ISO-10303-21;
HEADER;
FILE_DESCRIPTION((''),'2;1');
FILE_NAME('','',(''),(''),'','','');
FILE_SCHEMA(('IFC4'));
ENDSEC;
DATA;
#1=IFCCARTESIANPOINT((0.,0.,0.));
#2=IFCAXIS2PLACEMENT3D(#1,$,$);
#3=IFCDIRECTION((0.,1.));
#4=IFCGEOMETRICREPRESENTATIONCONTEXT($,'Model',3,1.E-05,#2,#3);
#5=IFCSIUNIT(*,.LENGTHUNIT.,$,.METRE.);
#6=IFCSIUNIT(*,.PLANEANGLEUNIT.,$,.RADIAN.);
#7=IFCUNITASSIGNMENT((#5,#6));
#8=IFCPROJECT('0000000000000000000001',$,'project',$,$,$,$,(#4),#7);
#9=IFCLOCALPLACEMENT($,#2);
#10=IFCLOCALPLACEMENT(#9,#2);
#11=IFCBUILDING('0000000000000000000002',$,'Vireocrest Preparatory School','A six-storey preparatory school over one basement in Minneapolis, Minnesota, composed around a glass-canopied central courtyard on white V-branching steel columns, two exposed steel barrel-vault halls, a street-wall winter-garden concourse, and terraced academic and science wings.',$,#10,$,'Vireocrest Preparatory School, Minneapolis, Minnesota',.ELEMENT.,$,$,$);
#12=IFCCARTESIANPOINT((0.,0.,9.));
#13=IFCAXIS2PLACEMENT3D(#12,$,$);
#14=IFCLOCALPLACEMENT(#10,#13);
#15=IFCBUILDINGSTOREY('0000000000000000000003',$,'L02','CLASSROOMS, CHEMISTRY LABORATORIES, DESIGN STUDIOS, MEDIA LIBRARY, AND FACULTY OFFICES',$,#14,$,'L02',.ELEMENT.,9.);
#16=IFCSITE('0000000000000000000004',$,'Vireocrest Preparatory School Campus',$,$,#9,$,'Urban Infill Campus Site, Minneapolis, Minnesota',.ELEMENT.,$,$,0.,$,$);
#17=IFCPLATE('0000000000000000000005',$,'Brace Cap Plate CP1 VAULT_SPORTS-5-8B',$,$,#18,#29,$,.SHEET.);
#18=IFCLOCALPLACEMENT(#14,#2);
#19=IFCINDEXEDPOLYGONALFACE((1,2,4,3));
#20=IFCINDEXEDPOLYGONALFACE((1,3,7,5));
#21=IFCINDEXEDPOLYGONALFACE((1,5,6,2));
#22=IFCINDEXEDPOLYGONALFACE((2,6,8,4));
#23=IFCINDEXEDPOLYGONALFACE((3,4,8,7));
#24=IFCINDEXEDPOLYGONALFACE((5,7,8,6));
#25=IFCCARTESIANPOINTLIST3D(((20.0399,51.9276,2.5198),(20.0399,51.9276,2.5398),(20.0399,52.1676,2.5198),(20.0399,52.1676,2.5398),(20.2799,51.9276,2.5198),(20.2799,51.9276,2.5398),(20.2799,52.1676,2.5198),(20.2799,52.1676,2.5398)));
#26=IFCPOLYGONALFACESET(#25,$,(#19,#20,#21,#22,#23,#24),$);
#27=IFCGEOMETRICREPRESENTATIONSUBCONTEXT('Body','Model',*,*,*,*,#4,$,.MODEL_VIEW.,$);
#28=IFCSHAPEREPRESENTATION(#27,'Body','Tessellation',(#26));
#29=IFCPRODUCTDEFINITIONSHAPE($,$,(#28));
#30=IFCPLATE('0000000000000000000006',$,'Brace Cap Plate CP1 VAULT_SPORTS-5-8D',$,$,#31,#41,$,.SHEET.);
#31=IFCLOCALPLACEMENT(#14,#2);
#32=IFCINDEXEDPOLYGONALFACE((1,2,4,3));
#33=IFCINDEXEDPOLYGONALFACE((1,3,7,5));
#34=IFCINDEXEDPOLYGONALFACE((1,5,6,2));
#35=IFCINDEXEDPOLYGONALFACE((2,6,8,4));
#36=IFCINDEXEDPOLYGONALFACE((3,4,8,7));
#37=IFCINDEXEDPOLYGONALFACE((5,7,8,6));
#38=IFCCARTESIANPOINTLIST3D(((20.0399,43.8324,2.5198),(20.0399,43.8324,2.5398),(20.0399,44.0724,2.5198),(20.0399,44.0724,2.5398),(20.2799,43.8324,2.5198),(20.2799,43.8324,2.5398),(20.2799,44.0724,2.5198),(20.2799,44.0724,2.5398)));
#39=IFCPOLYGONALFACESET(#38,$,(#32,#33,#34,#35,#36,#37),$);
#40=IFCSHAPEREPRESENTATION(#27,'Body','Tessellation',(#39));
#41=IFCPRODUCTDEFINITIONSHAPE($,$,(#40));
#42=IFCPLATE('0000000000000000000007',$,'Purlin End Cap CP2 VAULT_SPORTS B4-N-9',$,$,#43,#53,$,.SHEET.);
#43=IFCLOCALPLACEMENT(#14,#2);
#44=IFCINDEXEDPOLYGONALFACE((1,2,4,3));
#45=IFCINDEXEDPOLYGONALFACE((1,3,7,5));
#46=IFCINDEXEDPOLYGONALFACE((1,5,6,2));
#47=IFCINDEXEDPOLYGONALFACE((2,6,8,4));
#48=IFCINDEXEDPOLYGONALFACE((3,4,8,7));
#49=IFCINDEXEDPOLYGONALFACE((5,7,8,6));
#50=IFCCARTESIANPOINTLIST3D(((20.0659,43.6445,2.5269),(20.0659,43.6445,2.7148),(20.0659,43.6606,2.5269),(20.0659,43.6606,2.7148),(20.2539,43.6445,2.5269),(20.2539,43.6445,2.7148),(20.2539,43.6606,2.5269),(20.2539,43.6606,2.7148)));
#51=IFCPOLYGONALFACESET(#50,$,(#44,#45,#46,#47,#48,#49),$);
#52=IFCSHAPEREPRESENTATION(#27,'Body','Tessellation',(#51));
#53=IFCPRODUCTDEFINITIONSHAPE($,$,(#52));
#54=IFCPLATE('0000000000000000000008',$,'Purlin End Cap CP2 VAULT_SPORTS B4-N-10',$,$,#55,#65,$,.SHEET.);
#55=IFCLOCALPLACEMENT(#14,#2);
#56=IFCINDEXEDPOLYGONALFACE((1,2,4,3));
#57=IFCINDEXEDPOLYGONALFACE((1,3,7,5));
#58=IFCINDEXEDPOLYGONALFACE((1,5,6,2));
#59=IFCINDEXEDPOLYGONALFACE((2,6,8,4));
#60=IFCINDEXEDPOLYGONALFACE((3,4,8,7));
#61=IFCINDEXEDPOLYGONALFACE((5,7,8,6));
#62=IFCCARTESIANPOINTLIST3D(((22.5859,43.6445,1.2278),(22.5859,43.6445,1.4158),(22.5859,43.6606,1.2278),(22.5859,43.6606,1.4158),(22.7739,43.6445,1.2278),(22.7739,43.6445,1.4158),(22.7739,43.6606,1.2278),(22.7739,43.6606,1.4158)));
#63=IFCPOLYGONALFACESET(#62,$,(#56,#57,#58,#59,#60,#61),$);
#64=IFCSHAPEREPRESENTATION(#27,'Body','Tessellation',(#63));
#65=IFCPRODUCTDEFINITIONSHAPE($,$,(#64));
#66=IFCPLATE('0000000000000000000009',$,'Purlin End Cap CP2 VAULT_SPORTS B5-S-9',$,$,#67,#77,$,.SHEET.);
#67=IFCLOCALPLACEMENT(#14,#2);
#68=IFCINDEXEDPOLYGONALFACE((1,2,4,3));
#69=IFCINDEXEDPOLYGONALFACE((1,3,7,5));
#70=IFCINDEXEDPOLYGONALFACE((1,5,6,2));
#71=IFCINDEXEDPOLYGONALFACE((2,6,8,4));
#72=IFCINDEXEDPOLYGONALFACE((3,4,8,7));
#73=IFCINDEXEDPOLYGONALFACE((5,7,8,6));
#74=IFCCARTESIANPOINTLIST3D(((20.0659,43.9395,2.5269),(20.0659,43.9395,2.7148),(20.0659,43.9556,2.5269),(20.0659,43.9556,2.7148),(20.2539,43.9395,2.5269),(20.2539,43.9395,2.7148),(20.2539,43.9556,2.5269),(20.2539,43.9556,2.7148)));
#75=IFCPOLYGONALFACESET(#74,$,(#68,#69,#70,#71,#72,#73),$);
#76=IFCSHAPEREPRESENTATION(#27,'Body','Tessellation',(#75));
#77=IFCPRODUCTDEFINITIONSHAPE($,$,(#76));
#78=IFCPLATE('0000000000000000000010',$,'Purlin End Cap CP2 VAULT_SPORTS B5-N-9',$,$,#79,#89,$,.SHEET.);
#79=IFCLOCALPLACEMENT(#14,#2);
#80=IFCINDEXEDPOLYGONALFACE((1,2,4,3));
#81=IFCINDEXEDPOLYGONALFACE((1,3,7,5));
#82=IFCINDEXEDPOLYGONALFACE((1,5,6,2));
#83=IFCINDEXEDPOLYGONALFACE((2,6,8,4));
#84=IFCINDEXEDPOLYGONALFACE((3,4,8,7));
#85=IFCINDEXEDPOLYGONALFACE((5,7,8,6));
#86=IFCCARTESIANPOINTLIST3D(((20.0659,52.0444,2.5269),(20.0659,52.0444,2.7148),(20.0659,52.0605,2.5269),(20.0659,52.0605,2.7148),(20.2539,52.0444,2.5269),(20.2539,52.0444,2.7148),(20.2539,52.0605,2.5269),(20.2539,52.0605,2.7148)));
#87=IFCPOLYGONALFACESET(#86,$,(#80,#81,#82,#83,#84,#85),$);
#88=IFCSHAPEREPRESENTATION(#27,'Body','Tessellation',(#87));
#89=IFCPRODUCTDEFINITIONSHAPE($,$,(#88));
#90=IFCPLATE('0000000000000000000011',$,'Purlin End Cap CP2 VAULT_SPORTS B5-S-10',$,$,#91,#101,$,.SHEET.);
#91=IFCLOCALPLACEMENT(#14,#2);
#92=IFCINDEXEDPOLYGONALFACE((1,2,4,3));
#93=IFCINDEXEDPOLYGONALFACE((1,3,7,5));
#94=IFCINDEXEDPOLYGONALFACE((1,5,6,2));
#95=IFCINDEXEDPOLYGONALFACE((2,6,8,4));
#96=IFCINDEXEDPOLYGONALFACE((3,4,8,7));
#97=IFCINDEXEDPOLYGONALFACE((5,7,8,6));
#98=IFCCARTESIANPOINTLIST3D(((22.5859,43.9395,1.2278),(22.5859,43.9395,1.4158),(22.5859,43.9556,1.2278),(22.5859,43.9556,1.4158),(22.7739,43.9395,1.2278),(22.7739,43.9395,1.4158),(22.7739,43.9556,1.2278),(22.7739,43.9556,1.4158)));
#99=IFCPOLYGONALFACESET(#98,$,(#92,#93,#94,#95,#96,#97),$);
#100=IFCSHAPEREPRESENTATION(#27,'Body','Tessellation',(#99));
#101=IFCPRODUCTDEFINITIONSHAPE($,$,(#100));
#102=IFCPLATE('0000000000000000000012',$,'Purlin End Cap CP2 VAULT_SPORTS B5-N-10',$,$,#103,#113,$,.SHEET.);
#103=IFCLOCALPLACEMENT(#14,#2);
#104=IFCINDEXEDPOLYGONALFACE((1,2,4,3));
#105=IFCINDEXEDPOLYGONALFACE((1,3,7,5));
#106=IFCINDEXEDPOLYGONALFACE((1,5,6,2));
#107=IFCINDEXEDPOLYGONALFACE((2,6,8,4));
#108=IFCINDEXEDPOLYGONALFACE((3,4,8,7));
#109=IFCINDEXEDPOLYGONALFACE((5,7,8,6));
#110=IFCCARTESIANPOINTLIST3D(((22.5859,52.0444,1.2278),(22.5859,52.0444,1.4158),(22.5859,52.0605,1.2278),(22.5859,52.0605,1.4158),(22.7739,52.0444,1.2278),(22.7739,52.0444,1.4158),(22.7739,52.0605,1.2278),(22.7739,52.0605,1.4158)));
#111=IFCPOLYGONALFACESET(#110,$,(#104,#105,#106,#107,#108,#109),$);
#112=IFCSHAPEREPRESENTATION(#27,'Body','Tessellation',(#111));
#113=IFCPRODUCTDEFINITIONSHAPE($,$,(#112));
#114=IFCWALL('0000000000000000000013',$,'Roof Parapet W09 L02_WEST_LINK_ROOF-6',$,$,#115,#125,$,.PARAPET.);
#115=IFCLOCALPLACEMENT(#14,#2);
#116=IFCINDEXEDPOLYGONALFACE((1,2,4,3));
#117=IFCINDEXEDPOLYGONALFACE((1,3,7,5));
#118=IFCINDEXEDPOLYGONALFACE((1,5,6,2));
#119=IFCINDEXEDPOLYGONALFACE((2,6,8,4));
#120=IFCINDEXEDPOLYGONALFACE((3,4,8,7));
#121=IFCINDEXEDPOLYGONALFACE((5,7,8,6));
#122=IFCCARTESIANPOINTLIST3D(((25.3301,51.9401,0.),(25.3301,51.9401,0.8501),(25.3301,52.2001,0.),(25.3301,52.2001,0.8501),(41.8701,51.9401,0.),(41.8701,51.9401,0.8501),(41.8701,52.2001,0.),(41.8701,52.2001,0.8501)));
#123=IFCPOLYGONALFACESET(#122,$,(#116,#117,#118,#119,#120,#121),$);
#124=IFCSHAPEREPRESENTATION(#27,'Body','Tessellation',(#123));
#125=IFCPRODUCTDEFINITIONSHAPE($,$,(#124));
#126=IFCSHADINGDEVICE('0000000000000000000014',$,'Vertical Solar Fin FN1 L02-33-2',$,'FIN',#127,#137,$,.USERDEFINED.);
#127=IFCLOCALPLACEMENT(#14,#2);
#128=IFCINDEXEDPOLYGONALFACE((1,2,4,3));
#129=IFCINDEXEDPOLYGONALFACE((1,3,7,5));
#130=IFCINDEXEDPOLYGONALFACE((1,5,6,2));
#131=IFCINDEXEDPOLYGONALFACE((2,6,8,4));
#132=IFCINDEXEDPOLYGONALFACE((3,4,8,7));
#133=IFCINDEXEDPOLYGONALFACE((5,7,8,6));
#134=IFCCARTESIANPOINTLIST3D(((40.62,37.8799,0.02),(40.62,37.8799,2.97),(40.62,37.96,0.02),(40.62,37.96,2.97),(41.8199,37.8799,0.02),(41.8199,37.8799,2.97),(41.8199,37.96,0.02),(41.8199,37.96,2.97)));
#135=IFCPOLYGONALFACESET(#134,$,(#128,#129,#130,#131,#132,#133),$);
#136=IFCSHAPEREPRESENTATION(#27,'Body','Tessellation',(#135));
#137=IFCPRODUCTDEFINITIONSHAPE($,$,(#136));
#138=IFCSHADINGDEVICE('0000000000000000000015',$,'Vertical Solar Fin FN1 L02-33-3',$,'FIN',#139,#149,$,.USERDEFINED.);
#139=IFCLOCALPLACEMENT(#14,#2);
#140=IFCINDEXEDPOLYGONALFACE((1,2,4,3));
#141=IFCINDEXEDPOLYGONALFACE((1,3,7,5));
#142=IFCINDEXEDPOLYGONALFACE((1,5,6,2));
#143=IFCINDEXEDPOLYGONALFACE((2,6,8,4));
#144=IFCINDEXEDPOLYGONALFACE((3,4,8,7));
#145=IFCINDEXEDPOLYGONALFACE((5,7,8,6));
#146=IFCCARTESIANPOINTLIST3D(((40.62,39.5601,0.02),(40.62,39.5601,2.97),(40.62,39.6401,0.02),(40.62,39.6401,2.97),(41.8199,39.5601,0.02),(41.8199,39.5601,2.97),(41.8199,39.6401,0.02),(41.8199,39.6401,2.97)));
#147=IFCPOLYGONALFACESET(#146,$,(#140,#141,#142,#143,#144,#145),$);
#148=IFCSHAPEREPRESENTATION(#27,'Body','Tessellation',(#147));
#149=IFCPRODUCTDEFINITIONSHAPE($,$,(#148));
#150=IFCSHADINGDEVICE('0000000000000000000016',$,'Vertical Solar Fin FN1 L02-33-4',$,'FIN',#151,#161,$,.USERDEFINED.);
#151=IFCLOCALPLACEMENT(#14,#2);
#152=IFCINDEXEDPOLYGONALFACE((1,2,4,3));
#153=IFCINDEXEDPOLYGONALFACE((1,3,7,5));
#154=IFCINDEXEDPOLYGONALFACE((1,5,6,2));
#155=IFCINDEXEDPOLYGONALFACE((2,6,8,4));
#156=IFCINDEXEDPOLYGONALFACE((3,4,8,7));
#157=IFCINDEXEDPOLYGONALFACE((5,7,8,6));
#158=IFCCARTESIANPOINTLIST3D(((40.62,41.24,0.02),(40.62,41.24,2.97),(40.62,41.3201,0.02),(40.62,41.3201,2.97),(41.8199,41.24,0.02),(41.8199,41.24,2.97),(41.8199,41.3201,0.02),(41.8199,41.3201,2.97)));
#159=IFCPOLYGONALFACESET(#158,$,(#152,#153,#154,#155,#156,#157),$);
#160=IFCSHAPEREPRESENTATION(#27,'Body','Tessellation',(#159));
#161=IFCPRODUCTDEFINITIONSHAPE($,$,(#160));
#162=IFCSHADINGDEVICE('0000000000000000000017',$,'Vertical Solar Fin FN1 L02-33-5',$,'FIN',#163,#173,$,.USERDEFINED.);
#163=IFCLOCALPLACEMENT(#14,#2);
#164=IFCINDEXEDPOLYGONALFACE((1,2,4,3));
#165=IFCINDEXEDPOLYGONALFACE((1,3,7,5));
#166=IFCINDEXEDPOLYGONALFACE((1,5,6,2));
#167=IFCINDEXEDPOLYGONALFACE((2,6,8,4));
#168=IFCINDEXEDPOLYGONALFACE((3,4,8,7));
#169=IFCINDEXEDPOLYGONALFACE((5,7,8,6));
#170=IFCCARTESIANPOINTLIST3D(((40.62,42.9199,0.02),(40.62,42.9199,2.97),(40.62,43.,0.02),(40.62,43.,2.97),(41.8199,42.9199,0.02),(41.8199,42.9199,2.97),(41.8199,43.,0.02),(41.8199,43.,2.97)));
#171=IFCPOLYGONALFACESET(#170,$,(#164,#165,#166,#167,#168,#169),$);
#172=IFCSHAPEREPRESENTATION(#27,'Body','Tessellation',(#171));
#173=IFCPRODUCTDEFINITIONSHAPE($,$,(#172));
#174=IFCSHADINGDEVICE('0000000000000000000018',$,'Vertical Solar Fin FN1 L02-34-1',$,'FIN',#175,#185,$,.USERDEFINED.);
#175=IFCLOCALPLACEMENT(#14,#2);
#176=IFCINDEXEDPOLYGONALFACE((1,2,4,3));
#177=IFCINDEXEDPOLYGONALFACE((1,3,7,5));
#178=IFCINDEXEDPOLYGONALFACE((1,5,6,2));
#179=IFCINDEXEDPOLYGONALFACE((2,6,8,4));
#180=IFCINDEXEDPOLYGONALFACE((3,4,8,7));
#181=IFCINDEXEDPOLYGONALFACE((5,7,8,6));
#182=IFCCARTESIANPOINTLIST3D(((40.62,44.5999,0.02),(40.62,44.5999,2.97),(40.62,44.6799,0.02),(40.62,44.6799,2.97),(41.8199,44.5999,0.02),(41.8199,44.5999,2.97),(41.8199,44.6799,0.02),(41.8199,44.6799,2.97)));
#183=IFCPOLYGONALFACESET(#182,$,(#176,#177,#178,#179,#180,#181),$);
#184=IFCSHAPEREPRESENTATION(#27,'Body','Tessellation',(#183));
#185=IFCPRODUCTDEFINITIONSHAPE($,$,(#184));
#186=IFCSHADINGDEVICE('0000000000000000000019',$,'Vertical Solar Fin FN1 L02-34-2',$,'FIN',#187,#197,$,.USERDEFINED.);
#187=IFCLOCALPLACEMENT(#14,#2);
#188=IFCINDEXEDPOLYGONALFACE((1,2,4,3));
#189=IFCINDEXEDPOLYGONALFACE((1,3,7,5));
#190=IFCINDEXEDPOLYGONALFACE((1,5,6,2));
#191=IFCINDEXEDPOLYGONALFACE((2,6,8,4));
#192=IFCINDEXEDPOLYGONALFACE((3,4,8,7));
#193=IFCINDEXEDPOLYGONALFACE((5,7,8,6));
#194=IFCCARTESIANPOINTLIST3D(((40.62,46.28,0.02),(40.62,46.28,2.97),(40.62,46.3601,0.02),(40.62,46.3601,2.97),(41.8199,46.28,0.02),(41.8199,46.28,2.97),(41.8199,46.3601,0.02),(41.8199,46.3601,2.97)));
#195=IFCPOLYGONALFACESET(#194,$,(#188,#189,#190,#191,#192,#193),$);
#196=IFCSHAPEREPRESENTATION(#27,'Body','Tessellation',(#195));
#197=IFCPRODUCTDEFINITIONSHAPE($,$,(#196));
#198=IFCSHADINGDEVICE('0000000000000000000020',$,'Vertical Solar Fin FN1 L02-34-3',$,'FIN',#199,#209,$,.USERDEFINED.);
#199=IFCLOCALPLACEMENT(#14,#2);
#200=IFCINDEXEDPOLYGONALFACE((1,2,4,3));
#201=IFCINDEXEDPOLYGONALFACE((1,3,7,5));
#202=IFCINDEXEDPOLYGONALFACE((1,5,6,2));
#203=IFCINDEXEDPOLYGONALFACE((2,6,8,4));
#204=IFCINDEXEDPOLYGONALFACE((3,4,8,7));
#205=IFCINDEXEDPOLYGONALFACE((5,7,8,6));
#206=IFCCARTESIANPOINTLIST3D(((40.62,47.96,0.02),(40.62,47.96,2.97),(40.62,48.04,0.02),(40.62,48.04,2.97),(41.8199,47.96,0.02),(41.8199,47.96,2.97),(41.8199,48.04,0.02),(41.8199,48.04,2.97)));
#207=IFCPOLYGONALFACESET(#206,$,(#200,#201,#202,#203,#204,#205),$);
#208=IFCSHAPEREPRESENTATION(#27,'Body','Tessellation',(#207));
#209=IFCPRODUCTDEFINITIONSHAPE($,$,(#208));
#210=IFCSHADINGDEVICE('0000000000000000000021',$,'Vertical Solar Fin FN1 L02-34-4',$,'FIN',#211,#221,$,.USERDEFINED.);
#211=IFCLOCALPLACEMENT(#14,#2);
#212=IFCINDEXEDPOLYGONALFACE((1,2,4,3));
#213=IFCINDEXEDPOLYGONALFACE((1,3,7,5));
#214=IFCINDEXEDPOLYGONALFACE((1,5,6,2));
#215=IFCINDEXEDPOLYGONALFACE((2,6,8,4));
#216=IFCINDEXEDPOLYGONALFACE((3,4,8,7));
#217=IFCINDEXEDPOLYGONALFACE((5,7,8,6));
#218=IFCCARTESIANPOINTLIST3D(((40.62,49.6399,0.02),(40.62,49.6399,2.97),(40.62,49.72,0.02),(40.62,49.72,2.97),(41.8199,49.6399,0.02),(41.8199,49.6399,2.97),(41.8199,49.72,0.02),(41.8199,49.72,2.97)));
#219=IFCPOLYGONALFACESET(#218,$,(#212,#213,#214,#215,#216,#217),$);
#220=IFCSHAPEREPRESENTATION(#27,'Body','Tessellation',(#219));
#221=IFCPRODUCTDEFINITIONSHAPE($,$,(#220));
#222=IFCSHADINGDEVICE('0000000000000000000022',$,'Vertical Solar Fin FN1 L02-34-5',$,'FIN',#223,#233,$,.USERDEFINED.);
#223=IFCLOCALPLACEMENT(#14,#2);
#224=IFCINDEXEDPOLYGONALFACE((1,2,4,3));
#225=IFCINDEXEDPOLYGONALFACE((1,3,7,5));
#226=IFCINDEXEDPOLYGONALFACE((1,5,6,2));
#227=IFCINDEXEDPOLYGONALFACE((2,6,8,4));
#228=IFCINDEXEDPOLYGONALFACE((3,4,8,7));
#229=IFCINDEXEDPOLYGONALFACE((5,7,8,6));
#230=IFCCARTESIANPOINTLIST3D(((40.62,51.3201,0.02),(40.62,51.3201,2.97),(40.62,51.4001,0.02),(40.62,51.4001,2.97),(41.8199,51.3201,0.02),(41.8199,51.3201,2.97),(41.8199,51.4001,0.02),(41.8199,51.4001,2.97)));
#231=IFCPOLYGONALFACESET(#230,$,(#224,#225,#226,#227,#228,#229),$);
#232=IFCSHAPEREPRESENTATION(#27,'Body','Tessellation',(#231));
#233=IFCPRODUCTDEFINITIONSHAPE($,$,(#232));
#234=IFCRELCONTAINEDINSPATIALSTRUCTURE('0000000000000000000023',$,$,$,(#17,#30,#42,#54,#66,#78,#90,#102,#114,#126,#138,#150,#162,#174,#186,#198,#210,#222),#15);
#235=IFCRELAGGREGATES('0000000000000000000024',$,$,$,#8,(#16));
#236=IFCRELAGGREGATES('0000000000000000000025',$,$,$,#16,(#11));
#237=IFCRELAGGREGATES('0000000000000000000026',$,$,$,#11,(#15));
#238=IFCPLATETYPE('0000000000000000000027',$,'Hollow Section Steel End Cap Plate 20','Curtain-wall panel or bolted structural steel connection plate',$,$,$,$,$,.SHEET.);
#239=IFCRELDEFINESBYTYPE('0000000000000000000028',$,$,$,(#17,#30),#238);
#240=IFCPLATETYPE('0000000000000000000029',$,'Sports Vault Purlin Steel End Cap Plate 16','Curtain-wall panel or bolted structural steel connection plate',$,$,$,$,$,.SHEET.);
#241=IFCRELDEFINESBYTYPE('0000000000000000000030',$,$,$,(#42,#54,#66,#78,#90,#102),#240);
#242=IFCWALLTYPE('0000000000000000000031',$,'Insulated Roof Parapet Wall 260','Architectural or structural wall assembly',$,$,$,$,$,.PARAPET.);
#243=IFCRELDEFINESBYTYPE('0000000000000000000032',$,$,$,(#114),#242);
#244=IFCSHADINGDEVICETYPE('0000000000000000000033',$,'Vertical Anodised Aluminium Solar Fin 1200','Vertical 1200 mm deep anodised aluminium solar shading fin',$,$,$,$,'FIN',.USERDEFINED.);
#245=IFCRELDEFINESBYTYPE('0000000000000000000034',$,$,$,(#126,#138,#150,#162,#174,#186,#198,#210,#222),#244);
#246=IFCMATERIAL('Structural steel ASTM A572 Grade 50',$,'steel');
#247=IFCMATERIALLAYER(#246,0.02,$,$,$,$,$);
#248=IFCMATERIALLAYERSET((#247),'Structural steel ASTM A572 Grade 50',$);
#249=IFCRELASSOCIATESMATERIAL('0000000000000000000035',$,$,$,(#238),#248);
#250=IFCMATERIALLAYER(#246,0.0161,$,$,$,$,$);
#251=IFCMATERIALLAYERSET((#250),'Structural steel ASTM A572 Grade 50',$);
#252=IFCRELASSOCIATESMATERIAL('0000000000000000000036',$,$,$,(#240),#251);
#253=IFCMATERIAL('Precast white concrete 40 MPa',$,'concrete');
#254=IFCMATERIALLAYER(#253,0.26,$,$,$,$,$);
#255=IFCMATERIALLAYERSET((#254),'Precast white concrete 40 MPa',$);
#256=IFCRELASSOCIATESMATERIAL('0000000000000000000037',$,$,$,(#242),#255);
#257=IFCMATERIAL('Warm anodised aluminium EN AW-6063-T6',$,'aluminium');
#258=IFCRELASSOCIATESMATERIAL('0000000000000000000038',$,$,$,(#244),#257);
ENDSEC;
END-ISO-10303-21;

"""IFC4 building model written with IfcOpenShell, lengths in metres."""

from ifc_helpers import new_model, si_unit, direction, frame, frame_2d, origin, origin_2d, place, context, subcontext, project, spatial, rectangle, extrude, material, layer, layer_set, material_profile, profile_set, type_object, element, save


model = new_model("IFC4")

# Units and contexts
model_context = context("Model", 3, precision=1e-05, world=origin(), true_north=direction((0.0, 1.0)))
body_context = subcontext(model_context, "Body", "Model", "MODEL_VIEW")
ifc_project = project(units=[si_unit("LENGTHUNIT", "METRE"), si_unit("PLANEANGLEUNIT", "RADIAN")], contexts=[model_context])

# Site, building, storey
site_placement = place(None, origin())
site = spatial("IfcSite", under=ifc_project, at=site_placement, Name="Vireocrest Preparatory School Campus", LongName="Urban Infill Campus Site, Minneapolis, Minnesota", CompositionType="ELEMENT", RefElevation=0.0)
building_placement = place(site_placement, origin())
building = spatial("IfcBuilding", under=site, at=building_placement, Name="Vireocrest Preparatory School", Description="A six-storey preparatory school over one basement in Minneapolis, Minnesota, composed around a glass-canopied central courtyard on white V-branching steel columns, two exposed steel barrel-vault halls, a street-wall winter-garden concourse, and terraced academic and science wings.", LongName="Vireocrest Preparatory School, Minneapolis, Minnesota", CompositionType="ELEMENT")
storey_placement = place(building_placement, frame((0.0, 0.0, 9.0)))
storey = spatial("IfcBuildingStorey", under=building, at=storey_placement, Name="L02", Description="CLASSROOMS, CHEMISTRY LABORATORIES, DESIGN STUDIOS, MEDIA LIBRARY, AND FACULTY OFFICES", LongName="L02", CompositionType="ELEMENT", Elevation=9.0)

# Plates
ifc_material_1 = material(Name="Structural steel ASTM A572 Grade 50", Category="steel")
ifc_layer_1 = layer(ifc_material_1, 0.02)
ifc_layer_set_1 = layer_set([ifc_layer_1], Name="Structural steel ASTM A572 Grade 50")
plate_type_1 = type_object("IfcPlateType", Name="Hollow Section Steel End Cap Plate 20", Description="Curtain-wall panel or bolted structural steel connection plate", PredefinedType="SHEET", material=ifc_layer_set_1)
for number, where, z_axis, x_axis, name in (
    (1, (20.1599, 52.0476, 2.5198), (0.0, 0.0, 1.0), (1.0, 0.0, 0.0), "Brace Cap Plate CP1 VAULT_SPORTS-5-8B"),
    (2, (20.1599, 43.9524, 2.5198), (0.0, 0.0, 1.0), (1.0, 0.0, 0.0), "Brace Cap Plate CP1 VAULT_SPORTS-5-8D"),
):
    element("IfcPlate", number, at=place(storey_placement, frame(where, z_axis=z_axis, x_axis=x_axis)), inside=storey, type_object=plate_type_1, Name=name, PredefinedType="SHEET", context=body_context, shape_type="SweptSolid", body=[
        extrude(rectangle(XDim=0.24, YDim=0.24, at=origin_2d()), origin(), (0.0, 0.0, 1.0), 0.02),
    ])
ifc_layer_2 = layer(ifc_material_1, 0.0161)
ifc_layer_set_2 = layer_set([ifc_layer_2], Name="Structural steel ASTM A572 Grade 50")
plate_type_2 = type_object("IfcPlateType", Name="Sports Vault Purlin Steel End Cap Plate 16", Description="Curtain-wall panel or bolted structural steel connection plate", PredefinedType="SHEET", material=ifc_layer_set_2)
for number, where, z_axis, x_axis, name in (
    (3, (20.1599, 43.6526, 2.5269), (0.0, 0.0, 1.0), (1.0, 0.0, 0.0), "Purlin End Cap CP2 VAULT_SPORTS B4-N-9"),
    (4, (22.6799, 43.6526, 1.2278), (0.0, 0.0, 1.0), (1.0, 0.0, 0.0), "Purlin End Cap CP2 VAULT_SPORTS B4-N-10"),
    (5, (20.1599, 43.9475, 2.5269), (0.0, 0.0, 1.0), (1.0, 0.0, 0.0), "Purlin End Cap CP2 VAULT_SPORTS B5-S-9"),
    (6, (20.1599, 52.0525, 2.5269), (0.0, 0.0, 1.0), (1.0, 0.0, 0.0), "Purlin End Cap CP2 VAULT_SPORTS B5-N-9"),
    (7, (22.6799, 43.9475, 1.2278), (0.0, 0.0, 1.0), (1.0, 0.0, 0.0), "Purlin End Cap CP2 VAULT_SPORTS B5-S-10"),
    (8, (22.6799, 52.0525, 1.2278), (0.0, 0.0, 1.0), (1.0, 0.0, 0.0), "Purlin End Cap CP2 VAULT_SPORTS B5-N-10"),
):
    element("IfcPlate", number, at=place(storey_placement, frame(where, z_axis=z_axis, x_axis=x_axis)), inside=storey, type_object=plate_type_2, Name=name, PredefinedType="SHEET", context=body_context, shape_type="SweptSolid", body=[
        extrude(rectangle(XDim=0.188, YDim=0.0161, at=origin_2d()), origin(), (0.0, 0.0, 1.0), 0.188),
    ])

# Wall
ifc_material_2 = material(Name="Precast white concrete 40 MPa", Category="concrete")
ifc_layer_3 = layer(ifc_material_2, 0.26)
ifc_layer_set_3 = layer_set([ifc_layer_3], Name="Precast white concrete 40 MPa")
wall_type = type_object("IfcWallType", Name="Insulated Roof Parapet Wall 260", Description="Architectural or structural wall assembly", PredefinedType="PARAPET", material=ifc_layer_set_3)
wall_placement = place(storey_placement, frame((25.3301, 52.0701, 0.0), z_axis=(0.0, 0.0, 1.0), x_axis=(1.0, 0.0, 0.0)))
element("IfcWall", 9, at=wall_placement, inside=storey, type_object=wall_type, Name="Roof Parapet W09 L02_WEST_LINK_ROOF-6", PredefinedType="PARAPET", context=body_context, shape_type="SweptSolid", body=[
    extrude(rectangle(XDim=16.54, YDim=0.26, at=frame_2d((8.27, 0.0))), origin(), (0.0, 0.0, 1.0), 0.8501),
])

# Shading devices
ifc_material_3 = material(Name="Warm anodised aluminium EN AW-6063-T6", Category="aluminium")
ifc_material_profile_1 = material_profile(ifc_material_3, rectangle(XDim=0.0801, YDim=1.2, at=origin_2d()), Name="FIN 80x1200")
ifc_profile_set_1 = profile_set([ifc_material_profile_1], Name="Warm anodised aluminium EN AW-6063-T6")
shading_device_type = type_object("IfcShadingDeviceType", Name="Vertical Anodised Aluminium Solar Fin 1200", Description="Vertical 1200 mm deep anodised aluminium solar shading fin", ElementType="FIN", PredefinedType="USERDEFINED", material=ifc_profile_set_1)
for number, where, z_axis, x_axis, name in (
    (10, (41.22, 37.9199, 0.02), (0.0, 0.0, 1.0), (0.0, 1.0, 0.0), "Vertical Solar Fin FN1 L02-33-2"),
    (11, (41.22, 39.6001, 0.02), (0.0, 0.0, 1.0), (0.0, 1.0, 0.0), "Vertical Solar Fin FN1 L02-33-3"),
    (12, (41.22, 41.28, 0.02), (0.0, 0.0, 1.0), (0.0, 1.0, 0.0), "Vertical Solar Fin FN1 L02-33-4"),
    (13, (41.22, 42.96, 0.02), (0.0, 0.0, 1.0), (0.0, 1.0, 0.0), "Vertical Solar Fin FN1 L02-33-5"),
    (14, (41.22, 44.6399, 0.02), (0.0, 0.0, 1.0), (0.0, 1.0, 0.0), "Vertical Solar Fin FN1 L02-34-1"),
    (15, (41.22, 46.3201, 0.02), (0.0, 0.0, 1.0), (0.0, 1.0, 0.0), "Vertical Solar Fin FN1 L02-34-2"),
    (16, (41.22, 48.0, 0.02), (0.0, 0.0, 1.0), (0.0, 1.0, 0.0), "Vertical Solar Fin FN1 L02-34-3"),
    (17, (41.22, 49.6799, 0.02), (0.0, 0.0, 1.0), (0.0, 1.0, 0.0), "Vertical Solar Fin FN1 L02-34-4"),
    (18, (41.22, 51.3601, 0.02), (0.0, 0.0, 1.0), (0.0, 1.0, 0.0), "Vertical Solar Fin FN1 L02-34-5"),
):
    element("IfcShadingDevice", number, at=place(storey_placement, frame(where, z_axis=z_axis, x_axis=x_axis)), inside=storey, type_object=shading_device_type, Name=name, ObjectType="FIN", PredefinedType="USERDEFINED", context=body_context, shape_type="SweptSolid", body=[
        extrude(rectangle(XDim=0.0801, YDim=1.2, at=origin_2d()), origin(), (0.0, 0.0, 1.0), 2.95),
    ])

save(model, "model.ifc")
